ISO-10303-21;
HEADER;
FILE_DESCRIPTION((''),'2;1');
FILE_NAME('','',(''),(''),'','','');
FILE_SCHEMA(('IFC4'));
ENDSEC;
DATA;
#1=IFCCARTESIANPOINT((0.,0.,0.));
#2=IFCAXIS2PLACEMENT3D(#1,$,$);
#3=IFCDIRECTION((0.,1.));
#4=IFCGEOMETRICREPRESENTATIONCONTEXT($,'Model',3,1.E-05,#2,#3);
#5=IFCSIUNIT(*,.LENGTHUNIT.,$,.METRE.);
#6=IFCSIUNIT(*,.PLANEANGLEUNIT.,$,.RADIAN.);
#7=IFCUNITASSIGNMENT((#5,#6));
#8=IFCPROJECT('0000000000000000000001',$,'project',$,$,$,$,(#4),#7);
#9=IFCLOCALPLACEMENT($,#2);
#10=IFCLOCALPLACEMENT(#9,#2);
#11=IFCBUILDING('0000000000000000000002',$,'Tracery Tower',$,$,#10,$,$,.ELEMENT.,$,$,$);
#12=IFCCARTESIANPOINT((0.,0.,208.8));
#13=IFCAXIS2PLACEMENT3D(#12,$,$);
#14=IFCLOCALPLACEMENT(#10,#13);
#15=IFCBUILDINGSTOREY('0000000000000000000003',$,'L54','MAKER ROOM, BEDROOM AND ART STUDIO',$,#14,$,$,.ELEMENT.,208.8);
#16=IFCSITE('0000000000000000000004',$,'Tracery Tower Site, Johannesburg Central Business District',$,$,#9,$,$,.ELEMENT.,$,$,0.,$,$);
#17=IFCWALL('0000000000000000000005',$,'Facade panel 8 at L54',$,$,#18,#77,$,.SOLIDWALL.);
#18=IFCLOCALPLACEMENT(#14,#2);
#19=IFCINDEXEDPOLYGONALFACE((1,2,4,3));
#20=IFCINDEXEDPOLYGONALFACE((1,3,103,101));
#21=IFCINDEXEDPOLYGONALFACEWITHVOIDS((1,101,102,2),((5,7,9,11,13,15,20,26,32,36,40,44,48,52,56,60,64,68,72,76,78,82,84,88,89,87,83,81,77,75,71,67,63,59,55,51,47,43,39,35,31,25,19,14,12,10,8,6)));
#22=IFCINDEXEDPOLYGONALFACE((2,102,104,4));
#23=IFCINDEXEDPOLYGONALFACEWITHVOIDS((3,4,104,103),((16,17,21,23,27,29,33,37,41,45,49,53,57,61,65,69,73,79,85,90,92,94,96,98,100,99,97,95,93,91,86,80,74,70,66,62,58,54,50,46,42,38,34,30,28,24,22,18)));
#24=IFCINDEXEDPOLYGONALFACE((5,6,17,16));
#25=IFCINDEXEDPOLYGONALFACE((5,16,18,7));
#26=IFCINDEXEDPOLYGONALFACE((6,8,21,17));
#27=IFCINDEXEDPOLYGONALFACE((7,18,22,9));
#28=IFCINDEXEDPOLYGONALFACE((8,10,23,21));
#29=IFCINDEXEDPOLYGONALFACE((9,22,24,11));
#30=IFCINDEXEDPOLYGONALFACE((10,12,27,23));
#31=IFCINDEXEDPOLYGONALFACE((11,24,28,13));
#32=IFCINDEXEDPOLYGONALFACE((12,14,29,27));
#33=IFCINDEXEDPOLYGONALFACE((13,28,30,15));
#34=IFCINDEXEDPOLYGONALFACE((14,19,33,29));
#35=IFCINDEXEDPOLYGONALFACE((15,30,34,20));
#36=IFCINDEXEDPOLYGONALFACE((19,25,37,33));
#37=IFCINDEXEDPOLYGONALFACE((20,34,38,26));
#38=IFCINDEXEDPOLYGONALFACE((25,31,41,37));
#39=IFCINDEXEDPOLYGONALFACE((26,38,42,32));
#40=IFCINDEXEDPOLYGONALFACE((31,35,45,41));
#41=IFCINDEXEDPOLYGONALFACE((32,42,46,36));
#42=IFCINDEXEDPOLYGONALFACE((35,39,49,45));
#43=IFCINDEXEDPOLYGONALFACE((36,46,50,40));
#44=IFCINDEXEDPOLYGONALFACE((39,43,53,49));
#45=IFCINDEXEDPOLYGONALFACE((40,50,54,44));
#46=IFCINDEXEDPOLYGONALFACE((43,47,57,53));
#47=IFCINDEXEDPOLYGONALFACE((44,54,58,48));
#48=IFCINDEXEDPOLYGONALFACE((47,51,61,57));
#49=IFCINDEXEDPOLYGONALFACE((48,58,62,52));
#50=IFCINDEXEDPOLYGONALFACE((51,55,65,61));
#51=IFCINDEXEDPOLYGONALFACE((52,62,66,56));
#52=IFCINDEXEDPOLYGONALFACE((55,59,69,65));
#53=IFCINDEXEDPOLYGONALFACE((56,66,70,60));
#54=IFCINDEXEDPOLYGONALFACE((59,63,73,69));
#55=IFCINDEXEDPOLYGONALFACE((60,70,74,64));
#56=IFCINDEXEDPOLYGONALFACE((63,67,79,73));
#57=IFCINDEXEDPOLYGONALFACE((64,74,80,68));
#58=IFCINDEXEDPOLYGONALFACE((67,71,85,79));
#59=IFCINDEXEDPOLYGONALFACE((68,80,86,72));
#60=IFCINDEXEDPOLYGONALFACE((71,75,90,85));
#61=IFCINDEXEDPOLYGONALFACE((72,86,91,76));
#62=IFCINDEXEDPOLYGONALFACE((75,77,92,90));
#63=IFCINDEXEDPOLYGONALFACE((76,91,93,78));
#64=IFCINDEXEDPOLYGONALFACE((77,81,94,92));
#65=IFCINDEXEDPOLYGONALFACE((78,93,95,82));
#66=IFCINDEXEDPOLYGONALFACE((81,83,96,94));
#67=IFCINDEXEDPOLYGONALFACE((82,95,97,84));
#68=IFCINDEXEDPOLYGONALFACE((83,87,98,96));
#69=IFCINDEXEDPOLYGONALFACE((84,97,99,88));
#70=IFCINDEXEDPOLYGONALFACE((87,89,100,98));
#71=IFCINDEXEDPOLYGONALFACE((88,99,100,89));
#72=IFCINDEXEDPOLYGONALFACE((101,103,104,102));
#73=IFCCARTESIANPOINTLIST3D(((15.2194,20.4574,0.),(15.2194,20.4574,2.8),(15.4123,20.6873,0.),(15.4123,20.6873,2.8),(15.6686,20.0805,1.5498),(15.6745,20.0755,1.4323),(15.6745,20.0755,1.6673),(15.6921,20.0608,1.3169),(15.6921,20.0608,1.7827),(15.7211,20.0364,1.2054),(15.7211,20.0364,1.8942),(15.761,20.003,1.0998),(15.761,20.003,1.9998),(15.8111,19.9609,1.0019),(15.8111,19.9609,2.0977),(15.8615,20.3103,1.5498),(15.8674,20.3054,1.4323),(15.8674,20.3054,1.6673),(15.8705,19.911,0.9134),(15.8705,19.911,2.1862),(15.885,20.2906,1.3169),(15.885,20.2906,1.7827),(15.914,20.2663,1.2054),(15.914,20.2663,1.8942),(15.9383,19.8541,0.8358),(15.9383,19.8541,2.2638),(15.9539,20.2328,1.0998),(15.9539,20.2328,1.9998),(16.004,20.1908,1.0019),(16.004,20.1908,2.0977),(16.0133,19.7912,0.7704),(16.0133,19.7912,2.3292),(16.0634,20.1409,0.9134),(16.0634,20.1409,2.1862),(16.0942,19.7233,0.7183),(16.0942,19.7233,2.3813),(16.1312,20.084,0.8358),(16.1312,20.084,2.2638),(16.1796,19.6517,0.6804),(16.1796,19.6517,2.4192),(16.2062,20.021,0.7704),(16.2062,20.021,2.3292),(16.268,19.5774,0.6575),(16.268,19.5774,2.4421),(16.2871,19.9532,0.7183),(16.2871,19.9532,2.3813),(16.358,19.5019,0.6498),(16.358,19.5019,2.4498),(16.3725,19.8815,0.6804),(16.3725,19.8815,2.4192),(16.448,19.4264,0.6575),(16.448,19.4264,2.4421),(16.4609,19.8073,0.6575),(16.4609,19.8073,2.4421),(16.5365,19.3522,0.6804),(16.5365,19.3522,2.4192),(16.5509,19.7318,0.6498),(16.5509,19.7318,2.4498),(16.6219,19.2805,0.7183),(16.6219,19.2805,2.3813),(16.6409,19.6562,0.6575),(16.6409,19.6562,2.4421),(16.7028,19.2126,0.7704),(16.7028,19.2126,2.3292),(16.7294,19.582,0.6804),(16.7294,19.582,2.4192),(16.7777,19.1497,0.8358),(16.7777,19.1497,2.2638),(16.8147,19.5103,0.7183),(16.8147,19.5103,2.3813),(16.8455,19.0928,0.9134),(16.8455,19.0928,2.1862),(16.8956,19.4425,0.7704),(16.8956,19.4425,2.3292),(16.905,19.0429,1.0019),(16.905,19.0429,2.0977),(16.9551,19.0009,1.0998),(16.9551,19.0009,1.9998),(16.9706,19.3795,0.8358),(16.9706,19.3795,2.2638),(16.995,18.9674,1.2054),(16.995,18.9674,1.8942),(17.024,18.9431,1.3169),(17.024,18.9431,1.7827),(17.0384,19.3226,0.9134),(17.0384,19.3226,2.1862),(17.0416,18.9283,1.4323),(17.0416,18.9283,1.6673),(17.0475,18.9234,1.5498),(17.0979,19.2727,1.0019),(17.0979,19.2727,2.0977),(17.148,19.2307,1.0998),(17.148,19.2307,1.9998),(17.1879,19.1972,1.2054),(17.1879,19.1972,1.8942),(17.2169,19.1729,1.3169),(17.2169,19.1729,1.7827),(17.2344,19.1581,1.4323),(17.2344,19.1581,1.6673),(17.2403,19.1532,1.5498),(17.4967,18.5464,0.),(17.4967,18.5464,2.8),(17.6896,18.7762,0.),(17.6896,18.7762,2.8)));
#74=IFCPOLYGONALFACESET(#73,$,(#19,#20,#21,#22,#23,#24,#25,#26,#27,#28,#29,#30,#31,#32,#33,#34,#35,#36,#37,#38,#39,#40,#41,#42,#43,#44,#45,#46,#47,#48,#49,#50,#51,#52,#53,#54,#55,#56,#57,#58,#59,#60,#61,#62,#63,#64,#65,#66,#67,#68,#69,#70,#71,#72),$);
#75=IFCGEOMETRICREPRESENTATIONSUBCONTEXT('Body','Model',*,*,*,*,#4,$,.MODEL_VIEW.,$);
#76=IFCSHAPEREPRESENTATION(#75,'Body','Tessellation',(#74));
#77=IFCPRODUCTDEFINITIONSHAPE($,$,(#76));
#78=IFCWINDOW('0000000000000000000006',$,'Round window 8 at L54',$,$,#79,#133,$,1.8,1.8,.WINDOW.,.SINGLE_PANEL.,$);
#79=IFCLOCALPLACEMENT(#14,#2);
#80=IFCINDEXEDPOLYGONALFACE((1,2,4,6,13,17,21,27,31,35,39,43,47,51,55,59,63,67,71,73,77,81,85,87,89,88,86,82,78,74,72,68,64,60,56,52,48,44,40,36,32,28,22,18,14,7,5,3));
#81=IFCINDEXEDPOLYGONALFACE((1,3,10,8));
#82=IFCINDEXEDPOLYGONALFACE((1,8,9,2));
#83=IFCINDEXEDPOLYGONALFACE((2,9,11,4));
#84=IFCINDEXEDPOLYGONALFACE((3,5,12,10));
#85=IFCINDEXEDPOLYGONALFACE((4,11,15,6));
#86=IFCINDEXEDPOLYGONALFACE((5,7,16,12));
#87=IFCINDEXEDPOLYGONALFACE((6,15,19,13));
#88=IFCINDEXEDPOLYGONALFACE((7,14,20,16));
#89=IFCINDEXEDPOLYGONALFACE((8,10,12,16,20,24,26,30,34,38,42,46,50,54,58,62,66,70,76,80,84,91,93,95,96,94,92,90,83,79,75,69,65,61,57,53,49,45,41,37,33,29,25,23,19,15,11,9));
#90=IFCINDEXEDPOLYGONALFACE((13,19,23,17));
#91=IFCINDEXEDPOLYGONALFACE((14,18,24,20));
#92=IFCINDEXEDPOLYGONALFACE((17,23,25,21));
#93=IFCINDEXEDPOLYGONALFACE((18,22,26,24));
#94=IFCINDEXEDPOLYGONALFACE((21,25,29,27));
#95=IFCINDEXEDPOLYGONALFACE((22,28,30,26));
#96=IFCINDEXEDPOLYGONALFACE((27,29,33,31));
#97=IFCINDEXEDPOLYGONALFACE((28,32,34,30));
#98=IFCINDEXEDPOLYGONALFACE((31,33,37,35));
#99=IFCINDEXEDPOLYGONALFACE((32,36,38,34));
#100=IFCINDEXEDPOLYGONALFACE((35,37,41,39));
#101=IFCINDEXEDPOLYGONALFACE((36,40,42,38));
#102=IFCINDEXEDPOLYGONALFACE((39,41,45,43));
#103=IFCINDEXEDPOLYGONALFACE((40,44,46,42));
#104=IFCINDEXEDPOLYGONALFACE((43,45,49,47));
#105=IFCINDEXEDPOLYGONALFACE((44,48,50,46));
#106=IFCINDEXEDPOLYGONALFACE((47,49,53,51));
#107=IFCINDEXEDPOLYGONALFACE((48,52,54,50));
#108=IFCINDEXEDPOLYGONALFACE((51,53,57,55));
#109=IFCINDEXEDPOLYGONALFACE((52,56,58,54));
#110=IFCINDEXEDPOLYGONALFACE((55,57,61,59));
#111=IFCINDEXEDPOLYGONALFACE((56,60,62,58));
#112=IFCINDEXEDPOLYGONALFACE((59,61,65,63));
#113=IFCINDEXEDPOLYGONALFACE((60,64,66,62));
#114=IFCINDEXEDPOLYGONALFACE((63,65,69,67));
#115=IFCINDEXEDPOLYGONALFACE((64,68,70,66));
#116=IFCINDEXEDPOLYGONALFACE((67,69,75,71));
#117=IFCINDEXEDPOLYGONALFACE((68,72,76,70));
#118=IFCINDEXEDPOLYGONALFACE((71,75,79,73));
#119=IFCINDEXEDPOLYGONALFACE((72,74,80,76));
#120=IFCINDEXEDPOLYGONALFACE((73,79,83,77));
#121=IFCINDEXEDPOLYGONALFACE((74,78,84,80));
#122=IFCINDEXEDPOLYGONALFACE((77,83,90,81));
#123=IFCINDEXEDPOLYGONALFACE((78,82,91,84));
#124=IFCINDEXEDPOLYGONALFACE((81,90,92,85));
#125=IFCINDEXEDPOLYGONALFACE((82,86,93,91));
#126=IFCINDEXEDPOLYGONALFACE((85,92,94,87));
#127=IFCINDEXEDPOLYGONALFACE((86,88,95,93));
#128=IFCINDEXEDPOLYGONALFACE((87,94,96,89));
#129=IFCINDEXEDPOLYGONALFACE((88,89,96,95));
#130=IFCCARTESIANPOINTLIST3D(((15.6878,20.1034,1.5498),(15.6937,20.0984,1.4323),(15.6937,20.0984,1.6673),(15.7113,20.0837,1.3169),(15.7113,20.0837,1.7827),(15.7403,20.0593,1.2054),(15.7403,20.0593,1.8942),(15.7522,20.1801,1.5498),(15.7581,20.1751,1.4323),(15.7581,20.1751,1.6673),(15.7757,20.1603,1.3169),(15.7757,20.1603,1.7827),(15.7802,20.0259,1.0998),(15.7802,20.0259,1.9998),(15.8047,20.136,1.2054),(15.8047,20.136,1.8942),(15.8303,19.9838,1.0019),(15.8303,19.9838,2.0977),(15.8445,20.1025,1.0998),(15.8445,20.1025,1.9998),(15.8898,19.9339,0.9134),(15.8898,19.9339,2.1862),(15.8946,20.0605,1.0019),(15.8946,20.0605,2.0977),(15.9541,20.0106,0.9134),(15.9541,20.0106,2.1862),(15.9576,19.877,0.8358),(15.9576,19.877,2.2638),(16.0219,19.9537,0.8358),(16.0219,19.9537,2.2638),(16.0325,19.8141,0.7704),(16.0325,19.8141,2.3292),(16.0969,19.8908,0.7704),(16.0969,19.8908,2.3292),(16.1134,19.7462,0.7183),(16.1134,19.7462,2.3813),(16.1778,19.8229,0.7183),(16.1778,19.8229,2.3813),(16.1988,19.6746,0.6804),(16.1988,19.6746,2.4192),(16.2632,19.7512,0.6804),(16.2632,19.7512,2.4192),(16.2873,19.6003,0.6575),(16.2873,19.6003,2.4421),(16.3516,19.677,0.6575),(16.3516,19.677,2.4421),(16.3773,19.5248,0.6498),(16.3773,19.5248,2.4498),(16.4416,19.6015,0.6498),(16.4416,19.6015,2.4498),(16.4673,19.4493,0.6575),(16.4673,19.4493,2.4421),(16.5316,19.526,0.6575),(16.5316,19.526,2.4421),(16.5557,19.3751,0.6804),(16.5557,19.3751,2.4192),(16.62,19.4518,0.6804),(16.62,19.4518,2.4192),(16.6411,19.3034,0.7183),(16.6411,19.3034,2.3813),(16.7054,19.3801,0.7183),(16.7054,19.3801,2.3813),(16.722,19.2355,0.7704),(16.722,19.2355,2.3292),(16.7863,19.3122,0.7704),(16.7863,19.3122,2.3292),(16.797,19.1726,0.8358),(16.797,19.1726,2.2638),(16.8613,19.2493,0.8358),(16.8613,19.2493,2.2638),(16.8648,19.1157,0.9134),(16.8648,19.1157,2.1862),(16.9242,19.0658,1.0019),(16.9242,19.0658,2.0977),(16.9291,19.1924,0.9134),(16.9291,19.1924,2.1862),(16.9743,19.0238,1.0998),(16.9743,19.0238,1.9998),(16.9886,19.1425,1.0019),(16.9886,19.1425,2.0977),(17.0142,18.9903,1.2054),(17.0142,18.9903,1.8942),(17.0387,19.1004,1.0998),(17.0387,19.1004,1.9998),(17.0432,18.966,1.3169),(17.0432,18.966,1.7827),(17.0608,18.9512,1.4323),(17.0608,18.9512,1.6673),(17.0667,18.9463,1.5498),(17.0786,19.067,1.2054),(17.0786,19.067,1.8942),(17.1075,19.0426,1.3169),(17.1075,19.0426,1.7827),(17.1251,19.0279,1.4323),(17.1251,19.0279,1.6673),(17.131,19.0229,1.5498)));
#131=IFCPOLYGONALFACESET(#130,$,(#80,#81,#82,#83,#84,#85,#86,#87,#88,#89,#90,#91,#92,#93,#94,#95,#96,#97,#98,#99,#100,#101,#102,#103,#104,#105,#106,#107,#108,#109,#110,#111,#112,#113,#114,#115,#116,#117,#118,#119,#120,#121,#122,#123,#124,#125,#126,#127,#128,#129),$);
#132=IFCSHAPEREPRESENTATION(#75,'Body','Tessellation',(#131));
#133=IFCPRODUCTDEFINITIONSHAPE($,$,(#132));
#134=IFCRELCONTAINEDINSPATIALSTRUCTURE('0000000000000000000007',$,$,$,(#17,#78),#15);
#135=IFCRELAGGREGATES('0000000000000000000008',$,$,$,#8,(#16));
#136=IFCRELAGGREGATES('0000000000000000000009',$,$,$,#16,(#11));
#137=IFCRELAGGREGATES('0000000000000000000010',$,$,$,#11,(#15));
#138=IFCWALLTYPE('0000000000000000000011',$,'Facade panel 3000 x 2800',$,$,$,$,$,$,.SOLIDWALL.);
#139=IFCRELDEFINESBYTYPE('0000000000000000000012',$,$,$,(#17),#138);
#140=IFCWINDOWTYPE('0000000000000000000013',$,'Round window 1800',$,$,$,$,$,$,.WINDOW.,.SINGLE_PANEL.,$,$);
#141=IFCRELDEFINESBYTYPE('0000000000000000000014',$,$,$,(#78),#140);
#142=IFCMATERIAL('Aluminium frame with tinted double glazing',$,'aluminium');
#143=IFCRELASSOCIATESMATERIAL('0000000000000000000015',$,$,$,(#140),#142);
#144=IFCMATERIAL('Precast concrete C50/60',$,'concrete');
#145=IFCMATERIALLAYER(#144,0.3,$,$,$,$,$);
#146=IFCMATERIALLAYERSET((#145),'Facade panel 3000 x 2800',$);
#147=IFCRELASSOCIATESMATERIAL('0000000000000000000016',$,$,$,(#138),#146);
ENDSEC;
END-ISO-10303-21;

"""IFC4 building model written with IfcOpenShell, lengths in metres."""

from ifc_helpers import new_model, si_unit, direction, frame, frame_2d, origin, origin_2d, place, context, subcontext, project, spatial, rectangle, circle, extrude, material, layer, layer_set, type_object, element, fill, save


model = new_model("IFC4")

# Units and contexts
model_context = context("Model", 3, precision=1e-05, world=origin(), true_north=direction((0.0, 1.0)))
body_context = subcontext(model_context, "Body", "Model", "MODEL_VIEW")
ifc_project = project(units=[si_unit("LENGTHUNIT", "METRE"), si_unit("PLANEANGLEUNIT", "RADIAN")], contexts=[model_context])

# Site, building, storey
site_placement = place(None, origin())
site = spatial("IfcSite", under=ifc_project, at=site_placement, Name="Tracery Tower Site, Johannesburg Central Business District", CompositionType="ELEMENT", RefElevation=0.0)
building_placement = place(site_placement, origin())
building = spatial("IfcBuilding", under=site, at=building_placement, Name="Tracery Tower", CompositionType="ELEMENT")
storey_placement = place(building_placement, frame((0.0, 0.0, 208.8)))
storey = spatial("IfcBuildingStorey", under=building, at=storey_placement, Name="L54", Description="MAKER ROOM, BEDROOM AND ART STUDIO", CompositionType="ELEMENT", Elevation=208.8)

# Wall, opening, window
ifc_material_1 = material(Name="Aluminium frame with tinted double glazing", Category="aluminium")
window_type = type_object("IfcWindowType", Name="Round window 1800", PartitioningType="SINGLE_PANEL", PredefinedType="WINDOW", material=ifc_material_1)
ifc_material_2 = material(Name="Precast concrete C50/60", Category="concrete")
ifc_layer_1 = layer(ifc_material_2, 0.3)
ifc_layer_set_1 = layer_set([ifc_layer_1], Name="Facade panel 3000 x 2800")
wall_type_1 = type_object("IfcWallType", Name="Facade panel 3000 x 2800", PredefinedType="SOLIDWALL", material=ifc_layer_set_1)
wall_1_placement = place(storey_placement, frame((17.593, 18.6614, 0.0), z_axis=(0.0, 0.0, 1.0), x_axis=(-0.766009, 0.64283, 0.0)))
wall_1 = element("IfcWall", 1, at=wall_1_placement, inside=storey, type_object=wall_type_1, Name="Facade panel 8 at L54", PredefinedType="SOLIDWALL", context=body_context, shape_type="SweptSolid", body=[
    extrude(rectangle(XDim=2.9729, YDim=0.3, at=frame_2d((1.4863, 0.0))), origin(), (0.0, 0.0, 1.0), 2.8),
])
opening_1_placement = place(wall_1_placement, frame((1.4863, 0.0, 1.5498)))
opening_1 = element("IfcOpeningElement", 2, at=opening_1_placement, cuts=wall_1, PredefinedType="OPENING", context=body_context, shape_type="SweptSolid", body=[
    extrude(circle(Radius=0.9, at=origin_2d()), frame((0.0, 0.1599, 0.0), z_axis=(0.0, -1.0, 0.0), x_axis=(1.0, 0.0, 0.0)), (0.0, 0.0, 1.0), 0.3201),
])
window_1_placement = place(opening_1_placement, origin())
window_1 = element("IfcWindow", 3, at=window_1_placement, inside=storey, type_object=window_type, Name="Round window 8 at L54", OverallHeight=1.8, OverallWidth=1.8, PartitioningType="SINGLE_PANEL", PredefinedType="WINDOW", context=body_context, shape_type="SweptSolid", body=[
    extrude(circle(Radius=0.9, at=origin_2d()), frame((0.0, 0.1201, 0.0), z_axis=(0.0, -1.0, 0.0), x_axis=(1.0, 0.0, 0.0)), (0.0, 0.0, 1.0), 0.1001),
])
fill(opening_1, window_1)

save(model, "model.ifc")
